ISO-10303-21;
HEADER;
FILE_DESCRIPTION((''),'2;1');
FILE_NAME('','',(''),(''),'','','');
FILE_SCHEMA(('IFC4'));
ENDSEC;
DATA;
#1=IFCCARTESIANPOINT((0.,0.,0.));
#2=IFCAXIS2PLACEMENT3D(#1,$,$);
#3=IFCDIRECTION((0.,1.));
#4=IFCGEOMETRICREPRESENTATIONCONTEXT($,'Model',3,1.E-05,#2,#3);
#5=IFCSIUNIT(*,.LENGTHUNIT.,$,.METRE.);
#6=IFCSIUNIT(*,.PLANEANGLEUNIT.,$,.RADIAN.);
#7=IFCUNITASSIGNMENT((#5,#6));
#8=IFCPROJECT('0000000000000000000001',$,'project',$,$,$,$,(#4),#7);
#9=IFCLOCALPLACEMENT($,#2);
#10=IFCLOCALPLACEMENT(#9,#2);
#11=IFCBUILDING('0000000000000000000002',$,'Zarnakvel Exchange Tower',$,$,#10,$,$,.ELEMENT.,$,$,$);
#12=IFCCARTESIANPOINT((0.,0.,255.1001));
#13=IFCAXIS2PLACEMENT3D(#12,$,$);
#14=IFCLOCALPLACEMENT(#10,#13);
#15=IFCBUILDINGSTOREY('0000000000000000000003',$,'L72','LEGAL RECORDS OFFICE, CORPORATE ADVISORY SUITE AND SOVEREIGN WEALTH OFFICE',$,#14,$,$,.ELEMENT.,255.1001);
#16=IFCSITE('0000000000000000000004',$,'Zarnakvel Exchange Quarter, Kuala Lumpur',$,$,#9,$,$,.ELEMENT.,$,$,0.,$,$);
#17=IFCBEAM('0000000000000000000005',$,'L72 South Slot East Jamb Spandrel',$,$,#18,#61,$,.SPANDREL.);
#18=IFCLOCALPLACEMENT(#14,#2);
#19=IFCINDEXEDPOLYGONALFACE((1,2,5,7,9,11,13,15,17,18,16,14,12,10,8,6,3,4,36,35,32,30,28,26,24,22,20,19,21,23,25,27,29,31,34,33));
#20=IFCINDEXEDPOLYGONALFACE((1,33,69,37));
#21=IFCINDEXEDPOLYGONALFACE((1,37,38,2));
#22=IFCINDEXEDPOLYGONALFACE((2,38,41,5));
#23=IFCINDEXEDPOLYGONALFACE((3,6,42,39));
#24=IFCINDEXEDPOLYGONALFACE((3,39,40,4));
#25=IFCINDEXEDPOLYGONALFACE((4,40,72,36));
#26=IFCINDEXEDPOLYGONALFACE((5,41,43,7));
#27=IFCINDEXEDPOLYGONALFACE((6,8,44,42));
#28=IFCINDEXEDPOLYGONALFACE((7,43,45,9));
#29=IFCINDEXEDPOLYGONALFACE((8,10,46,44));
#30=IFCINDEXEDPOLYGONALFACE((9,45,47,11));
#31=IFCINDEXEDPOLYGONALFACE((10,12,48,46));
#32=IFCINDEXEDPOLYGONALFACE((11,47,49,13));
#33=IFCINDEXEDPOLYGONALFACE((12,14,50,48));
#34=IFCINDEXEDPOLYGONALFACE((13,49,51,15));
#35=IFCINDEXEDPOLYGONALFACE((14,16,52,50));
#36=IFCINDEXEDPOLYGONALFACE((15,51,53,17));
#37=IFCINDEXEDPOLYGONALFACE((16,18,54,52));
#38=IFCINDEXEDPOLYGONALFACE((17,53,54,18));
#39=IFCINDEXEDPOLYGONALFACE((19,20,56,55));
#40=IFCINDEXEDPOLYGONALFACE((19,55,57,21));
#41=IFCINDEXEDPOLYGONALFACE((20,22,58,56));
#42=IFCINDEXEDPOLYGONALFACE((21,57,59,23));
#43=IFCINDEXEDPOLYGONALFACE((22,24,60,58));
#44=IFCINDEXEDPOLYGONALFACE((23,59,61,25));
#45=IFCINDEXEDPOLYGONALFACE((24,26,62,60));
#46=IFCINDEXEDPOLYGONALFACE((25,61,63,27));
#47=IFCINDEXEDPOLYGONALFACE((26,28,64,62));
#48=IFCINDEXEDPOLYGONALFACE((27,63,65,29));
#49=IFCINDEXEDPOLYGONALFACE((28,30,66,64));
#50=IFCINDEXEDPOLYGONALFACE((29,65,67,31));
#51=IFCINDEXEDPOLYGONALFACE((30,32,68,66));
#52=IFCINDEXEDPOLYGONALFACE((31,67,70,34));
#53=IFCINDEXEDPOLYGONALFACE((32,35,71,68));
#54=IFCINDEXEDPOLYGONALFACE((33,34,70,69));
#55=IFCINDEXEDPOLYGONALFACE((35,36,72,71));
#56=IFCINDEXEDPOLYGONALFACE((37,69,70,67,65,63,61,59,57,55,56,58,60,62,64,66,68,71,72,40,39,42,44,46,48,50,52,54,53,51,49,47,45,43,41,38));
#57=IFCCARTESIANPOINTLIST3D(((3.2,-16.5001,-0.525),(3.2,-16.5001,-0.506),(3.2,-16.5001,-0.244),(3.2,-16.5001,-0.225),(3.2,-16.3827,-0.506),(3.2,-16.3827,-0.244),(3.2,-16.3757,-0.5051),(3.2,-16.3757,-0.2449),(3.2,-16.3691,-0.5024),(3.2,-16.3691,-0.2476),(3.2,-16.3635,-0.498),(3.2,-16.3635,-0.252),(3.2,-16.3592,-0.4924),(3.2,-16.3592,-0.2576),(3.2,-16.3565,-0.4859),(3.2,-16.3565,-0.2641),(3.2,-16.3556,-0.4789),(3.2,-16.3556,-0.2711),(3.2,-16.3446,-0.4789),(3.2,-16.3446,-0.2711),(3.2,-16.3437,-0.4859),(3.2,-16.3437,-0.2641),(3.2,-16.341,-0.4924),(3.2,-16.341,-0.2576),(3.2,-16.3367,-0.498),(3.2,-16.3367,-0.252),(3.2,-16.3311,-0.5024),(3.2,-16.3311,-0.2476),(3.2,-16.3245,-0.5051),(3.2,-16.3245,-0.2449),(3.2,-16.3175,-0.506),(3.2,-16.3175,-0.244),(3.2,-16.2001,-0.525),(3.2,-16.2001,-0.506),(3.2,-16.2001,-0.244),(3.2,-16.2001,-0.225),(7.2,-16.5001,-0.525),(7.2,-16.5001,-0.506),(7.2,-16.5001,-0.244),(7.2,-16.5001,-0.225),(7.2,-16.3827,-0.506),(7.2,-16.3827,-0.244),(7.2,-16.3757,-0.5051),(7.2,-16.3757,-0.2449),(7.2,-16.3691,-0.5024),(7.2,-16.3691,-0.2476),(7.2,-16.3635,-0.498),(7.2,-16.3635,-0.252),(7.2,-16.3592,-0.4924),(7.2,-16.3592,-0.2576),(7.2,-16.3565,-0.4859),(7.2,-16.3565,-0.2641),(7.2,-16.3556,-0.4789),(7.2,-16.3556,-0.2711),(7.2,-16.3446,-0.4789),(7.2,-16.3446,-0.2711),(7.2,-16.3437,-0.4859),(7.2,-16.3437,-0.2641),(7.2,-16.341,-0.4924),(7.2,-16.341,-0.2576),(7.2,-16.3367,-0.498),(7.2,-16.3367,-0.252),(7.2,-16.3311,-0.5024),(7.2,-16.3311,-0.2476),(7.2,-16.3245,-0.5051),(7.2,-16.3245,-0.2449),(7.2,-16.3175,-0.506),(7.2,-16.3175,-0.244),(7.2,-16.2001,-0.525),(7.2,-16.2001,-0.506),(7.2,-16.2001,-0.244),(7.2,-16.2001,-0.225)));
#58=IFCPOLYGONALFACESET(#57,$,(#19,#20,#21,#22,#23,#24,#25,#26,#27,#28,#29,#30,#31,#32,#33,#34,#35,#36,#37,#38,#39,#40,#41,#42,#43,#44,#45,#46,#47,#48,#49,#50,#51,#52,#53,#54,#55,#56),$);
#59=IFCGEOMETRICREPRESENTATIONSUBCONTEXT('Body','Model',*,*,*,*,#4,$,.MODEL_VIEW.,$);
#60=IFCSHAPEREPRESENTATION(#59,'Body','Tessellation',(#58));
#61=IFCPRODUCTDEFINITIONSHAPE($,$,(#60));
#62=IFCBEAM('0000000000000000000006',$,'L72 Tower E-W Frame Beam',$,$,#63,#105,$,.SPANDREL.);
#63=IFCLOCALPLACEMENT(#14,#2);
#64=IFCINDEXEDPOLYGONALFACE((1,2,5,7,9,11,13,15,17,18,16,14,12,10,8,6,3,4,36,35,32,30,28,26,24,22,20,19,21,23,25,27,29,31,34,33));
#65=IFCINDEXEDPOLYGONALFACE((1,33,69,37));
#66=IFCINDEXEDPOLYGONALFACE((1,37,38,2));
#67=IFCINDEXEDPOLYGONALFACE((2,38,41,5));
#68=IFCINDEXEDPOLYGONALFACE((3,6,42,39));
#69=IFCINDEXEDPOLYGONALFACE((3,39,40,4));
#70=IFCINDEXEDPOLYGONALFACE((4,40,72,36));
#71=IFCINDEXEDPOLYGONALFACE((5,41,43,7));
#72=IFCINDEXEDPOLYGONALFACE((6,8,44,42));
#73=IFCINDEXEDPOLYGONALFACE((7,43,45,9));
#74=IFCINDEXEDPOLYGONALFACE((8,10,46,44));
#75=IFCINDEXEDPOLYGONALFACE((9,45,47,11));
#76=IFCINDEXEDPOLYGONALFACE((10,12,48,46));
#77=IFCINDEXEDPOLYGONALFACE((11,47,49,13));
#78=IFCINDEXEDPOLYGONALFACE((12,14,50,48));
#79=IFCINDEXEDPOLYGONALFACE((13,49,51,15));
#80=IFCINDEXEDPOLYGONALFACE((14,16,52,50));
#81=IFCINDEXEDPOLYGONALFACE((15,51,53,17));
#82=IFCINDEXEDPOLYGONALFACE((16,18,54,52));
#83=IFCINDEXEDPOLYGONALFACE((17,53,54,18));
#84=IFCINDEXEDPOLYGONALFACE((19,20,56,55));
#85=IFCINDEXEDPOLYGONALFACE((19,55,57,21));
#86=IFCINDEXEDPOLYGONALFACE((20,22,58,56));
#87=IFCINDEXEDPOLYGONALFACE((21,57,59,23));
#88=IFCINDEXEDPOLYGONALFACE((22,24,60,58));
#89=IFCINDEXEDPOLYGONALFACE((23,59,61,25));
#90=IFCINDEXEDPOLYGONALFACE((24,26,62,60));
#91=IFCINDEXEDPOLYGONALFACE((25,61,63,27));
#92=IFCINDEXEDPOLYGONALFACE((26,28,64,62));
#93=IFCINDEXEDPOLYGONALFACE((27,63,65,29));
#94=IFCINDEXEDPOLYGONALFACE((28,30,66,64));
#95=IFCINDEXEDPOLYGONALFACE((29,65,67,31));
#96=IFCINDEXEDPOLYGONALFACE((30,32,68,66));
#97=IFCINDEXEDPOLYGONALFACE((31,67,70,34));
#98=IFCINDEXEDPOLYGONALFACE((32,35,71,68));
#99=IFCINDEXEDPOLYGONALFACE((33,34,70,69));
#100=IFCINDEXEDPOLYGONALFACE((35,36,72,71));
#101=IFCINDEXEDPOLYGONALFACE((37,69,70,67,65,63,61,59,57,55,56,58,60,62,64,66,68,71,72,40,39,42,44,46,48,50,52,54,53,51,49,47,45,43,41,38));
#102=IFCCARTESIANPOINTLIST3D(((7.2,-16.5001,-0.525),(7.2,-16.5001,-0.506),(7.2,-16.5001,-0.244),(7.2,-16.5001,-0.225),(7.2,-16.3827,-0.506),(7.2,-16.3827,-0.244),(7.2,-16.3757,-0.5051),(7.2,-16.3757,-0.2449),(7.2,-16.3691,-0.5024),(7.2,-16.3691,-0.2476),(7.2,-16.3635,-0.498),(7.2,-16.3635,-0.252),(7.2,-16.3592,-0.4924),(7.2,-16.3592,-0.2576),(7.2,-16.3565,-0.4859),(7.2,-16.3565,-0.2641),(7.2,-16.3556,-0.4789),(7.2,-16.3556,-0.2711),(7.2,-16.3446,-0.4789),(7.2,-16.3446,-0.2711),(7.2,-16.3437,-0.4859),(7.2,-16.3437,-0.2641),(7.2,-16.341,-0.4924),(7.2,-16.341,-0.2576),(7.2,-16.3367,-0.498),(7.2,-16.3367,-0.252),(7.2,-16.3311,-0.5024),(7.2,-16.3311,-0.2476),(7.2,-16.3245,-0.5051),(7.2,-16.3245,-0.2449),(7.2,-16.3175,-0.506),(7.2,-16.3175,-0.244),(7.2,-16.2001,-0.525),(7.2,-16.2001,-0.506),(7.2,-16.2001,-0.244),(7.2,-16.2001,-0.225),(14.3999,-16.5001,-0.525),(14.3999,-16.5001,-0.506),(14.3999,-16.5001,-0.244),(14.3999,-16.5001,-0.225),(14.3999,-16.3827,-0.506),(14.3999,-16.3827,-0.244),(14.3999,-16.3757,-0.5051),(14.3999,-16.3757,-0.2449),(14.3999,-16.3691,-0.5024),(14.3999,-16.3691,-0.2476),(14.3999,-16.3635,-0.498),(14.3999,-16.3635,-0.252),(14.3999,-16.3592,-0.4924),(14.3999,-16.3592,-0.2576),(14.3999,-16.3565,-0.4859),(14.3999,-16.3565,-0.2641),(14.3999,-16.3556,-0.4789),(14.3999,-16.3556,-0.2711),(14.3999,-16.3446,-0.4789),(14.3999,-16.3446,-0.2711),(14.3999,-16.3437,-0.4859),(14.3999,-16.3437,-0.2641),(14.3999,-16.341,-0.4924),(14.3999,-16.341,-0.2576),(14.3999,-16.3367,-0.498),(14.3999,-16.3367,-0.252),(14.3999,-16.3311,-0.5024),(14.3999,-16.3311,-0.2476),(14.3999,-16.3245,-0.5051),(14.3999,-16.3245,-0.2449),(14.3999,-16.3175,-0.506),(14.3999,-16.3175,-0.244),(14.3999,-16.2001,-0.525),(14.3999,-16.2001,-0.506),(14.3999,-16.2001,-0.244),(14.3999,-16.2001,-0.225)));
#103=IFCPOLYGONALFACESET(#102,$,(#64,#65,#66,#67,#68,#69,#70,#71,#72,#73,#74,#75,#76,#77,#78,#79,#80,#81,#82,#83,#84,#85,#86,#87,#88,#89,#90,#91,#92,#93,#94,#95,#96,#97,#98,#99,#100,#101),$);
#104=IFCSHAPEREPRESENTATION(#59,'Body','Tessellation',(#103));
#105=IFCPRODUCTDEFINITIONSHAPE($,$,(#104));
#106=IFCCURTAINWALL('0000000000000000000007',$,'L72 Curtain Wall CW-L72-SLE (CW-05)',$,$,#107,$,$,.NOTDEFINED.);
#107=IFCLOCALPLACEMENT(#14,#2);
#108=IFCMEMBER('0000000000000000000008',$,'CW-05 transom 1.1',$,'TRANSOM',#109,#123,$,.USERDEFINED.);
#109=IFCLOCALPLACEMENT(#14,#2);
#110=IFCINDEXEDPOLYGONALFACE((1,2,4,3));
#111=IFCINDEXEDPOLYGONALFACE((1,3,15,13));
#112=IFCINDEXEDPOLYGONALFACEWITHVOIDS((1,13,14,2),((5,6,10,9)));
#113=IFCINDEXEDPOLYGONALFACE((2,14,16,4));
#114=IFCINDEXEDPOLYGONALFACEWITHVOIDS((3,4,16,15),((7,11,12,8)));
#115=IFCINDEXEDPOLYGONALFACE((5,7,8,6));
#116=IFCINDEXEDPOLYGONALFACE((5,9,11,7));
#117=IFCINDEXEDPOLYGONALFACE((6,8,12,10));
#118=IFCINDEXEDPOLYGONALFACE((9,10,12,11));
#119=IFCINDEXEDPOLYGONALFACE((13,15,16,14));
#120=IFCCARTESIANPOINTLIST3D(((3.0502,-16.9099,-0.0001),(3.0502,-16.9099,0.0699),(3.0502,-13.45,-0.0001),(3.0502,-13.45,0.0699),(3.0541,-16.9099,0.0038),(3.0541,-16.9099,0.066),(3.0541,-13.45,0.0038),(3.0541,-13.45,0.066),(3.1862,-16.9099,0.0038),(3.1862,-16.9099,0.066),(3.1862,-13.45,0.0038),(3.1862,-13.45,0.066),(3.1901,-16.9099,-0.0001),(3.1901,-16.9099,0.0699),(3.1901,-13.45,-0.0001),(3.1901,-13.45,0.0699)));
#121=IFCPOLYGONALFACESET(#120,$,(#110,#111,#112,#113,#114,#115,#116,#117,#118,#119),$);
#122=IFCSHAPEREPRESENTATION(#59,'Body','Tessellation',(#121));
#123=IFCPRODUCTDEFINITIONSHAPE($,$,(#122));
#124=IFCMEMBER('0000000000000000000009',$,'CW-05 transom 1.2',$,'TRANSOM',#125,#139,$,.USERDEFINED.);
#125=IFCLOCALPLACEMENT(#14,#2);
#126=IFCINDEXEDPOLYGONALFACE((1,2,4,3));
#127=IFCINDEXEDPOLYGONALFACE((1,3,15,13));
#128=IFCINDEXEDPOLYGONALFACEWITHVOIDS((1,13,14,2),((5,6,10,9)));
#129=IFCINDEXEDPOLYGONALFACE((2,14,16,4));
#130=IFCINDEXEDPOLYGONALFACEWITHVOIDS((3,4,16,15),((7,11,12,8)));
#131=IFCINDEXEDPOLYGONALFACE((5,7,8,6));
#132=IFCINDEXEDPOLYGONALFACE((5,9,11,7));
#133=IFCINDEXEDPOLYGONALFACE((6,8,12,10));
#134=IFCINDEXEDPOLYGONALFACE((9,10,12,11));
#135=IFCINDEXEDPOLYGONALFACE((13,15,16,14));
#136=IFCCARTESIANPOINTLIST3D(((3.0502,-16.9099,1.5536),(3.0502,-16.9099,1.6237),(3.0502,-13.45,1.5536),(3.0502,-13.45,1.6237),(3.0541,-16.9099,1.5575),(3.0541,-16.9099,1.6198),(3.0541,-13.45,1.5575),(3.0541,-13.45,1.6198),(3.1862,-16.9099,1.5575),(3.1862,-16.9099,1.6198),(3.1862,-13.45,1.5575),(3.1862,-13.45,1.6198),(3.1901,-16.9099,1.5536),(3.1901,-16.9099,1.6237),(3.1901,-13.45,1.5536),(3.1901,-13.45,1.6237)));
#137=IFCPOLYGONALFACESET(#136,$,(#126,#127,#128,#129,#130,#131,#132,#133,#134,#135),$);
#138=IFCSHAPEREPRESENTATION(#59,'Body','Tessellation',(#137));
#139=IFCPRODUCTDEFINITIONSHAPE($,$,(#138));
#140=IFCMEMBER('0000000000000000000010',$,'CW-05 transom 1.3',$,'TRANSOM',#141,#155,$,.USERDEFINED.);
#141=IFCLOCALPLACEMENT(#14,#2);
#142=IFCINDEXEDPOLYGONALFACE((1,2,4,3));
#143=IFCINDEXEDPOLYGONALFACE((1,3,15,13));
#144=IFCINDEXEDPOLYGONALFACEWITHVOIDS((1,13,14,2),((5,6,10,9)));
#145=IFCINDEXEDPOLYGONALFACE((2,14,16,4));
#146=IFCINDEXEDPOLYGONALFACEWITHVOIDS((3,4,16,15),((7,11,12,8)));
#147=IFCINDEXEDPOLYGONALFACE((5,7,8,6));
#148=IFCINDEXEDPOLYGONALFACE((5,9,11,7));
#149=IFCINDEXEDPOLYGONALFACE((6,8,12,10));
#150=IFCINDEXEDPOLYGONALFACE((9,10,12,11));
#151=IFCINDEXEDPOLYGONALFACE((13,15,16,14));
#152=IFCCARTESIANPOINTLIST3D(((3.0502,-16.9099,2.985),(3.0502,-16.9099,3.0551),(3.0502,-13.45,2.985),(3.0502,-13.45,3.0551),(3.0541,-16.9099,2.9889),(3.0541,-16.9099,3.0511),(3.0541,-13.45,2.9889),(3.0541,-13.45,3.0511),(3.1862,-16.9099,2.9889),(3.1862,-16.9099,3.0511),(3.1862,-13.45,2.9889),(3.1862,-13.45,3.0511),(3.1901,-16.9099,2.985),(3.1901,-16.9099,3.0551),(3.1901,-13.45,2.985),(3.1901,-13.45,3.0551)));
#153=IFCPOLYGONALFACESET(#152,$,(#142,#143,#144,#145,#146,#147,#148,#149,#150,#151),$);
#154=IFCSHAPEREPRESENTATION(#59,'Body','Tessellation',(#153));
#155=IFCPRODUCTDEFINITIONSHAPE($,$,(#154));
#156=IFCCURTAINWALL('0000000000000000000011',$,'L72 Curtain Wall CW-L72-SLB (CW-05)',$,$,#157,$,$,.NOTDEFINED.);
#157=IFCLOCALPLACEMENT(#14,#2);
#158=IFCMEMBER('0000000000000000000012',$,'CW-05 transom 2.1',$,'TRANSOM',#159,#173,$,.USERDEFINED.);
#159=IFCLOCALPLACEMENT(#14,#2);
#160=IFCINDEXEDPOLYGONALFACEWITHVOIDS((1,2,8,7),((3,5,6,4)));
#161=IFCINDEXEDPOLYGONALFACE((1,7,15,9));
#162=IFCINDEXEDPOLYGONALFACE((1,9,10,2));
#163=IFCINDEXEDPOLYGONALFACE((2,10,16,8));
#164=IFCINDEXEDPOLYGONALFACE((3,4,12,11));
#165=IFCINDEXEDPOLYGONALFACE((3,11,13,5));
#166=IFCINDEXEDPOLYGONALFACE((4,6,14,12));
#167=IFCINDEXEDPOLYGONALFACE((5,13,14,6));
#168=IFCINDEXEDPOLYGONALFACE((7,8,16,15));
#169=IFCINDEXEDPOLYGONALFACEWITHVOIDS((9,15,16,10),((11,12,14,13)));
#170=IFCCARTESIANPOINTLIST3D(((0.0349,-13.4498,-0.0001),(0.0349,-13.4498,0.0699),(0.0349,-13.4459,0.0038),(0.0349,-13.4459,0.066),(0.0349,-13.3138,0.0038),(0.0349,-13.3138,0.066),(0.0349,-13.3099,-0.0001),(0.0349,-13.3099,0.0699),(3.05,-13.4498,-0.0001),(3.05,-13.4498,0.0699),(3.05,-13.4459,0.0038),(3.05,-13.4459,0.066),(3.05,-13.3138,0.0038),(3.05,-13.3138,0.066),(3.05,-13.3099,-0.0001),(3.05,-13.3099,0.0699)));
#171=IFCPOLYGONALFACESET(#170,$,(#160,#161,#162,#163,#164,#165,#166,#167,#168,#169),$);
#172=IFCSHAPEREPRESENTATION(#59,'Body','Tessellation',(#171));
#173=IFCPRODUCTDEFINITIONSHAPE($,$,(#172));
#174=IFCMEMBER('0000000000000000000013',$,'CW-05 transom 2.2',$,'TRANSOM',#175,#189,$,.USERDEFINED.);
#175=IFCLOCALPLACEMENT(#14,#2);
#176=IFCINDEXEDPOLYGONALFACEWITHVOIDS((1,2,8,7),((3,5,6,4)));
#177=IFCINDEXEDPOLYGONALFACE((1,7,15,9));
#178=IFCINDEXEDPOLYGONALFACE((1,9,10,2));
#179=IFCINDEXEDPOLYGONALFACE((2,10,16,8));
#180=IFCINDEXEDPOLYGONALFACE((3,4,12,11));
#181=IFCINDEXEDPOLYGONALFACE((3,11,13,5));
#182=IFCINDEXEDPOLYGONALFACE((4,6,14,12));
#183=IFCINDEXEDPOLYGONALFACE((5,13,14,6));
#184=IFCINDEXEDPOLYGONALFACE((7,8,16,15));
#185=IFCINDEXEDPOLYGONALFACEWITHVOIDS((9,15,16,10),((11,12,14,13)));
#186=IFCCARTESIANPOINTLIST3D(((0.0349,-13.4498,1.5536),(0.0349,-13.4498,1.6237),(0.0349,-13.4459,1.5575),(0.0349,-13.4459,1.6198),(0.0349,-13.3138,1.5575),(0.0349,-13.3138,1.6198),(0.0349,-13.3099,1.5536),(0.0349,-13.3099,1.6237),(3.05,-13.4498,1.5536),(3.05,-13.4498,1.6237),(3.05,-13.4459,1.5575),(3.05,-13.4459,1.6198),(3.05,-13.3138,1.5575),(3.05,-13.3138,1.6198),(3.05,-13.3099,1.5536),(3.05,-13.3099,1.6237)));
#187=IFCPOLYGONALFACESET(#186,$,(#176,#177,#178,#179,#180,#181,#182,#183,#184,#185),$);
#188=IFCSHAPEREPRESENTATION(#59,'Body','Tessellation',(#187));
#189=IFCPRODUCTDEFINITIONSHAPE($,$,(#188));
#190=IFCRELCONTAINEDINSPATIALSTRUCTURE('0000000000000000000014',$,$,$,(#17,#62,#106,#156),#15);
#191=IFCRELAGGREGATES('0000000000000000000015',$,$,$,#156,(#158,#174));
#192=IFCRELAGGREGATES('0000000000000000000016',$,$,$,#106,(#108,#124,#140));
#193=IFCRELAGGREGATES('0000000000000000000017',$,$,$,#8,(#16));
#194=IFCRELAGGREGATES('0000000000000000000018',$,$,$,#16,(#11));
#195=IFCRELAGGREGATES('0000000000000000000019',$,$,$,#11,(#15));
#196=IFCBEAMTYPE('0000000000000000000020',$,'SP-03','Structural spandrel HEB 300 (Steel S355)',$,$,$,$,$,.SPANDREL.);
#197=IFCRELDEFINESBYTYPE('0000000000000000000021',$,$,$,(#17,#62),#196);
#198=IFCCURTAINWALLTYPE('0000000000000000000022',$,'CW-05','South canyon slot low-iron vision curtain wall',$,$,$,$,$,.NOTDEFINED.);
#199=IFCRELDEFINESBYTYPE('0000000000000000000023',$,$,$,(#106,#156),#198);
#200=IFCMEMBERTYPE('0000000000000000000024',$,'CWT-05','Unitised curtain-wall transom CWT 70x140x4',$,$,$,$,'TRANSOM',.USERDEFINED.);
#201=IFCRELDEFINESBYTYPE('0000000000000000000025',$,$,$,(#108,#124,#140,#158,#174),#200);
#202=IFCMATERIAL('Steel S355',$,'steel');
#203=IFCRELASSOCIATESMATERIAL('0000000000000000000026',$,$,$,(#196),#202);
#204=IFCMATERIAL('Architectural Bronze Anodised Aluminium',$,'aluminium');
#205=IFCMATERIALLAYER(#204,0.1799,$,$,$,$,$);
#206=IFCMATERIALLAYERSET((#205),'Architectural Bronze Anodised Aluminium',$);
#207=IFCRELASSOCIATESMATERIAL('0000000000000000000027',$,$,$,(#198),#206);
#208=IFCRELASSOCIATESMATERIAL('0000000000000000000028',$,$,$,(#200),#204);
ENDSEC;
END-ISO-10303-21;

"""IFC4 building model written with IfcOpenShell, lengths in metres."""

from ifc_helpers import new_model, si_unit, direction, frame, origin, origin_2d, place, context, subcontext, project, spatial, hollow_rectangle, i_section, extrude, source, transform, mapped, material, layer, layer_set, material_profile, profile_set, type_object, element, aggregate, save


model = new_model("IFC4")

# Units and contexts
model_context = context("Model", 3, precision=1e-05, world=origin(), true_north=direction((0.0, 1.0)))
body_context = subcontext(model_context, "Body", "Model", "MODEL_VIEW")
ifc_project = project(units=[si_unit("LENGTHUNIT", "METRE"), si_unit("PLANEANGLEUNIT", "RADIAN")], contexts=[model_context])

# Site, building, storey
site_placement = place(None, origin())
site = spatial("IfcSite", under=ifc_project, at=site_placement, Name="Zarnakvel Exchange Quarter, Kuala Lumpur", CompositionType="ELEMENT", RefElevation=0.0)
building_placement = place(site_placement, origin())
building = spatial("IfcBuilding", under=site, at=building_placement, Name="Zarnakvel Exchange Tower", CompositionType="ELEMENT")
storey_placement = place(building_placement, frame((0.0, 0.0, 255.1001)))
storey = spatial("IfcBuildingStorey", under=building, at=storey_placement, Name="L72", Description="LEGAL RECORDS OFFICE, CORPORATE ADVISORY SUITE AND SOVEREIGN WEALTH OFFICE", CompositionType="ELEMENT", Elevation=255.1001)

# Beams
ifc_material_1 = material(Name="Steel S355", Category="steel")
ifc_material_profile_1 = material_profile(ifc_material_1, i_section(OverallWidth=0.3, OverallDepth=0.3, WebThickness=0.011, FlangeThickness=0.019, FilletRadius=0.0271, at=origin_2d()))
ifc_profile_set_1 = profile_set([ifc_material_profile_1], Name="Steel S355")
beam_type_1 = type_object("IfcBeamType", Name="SP-03", Description="Structural spandrel HEB 300 (Steel S355)", PredefinedType="SPANDREL", material=ifc_profile_set_1)
beam_1_placement = place(storey_placement, frame((3.2, -16.3501, -0.375), z_axis=(1.0, 0.0, 0.0), x_axis=(0.0, 1.0, 0.0)))
element("IfcBeam", 1, at=beam_1_placement, inside=storey, type_object=beam_type_1, Name="L72 South Slot East Jamb Spandrel", PredefinedType="SPANDREL", context=body_context, shape_type="SweptSolid", body=[
    extrude(i_section(OverallWidth=0.3, OverallDepth=0.3, WebThickness=0.011, FlangeThickness=0.019, FilletRadius=0.0271, at=origin_2d()), origin(), (0.0, 0.0, 1.0), 4.0),
])
beam_2_placement = place(storey_placement, frame((7.2, -16.3501, -0.375), z_axis=(1.0, 0.0, 0.0), x_axis=(0.0, 1.0, 0.0)))
element("IfcBeam", 2, at=beam_2_placement, inside=storey, type_object=beam_type_1, Name="L72 Tower E-W Frame Beam", PredefinedType="SPANDREL", context=body_context, shape_type="SweptSolid", body=[
    extrude(i_section(OverallWidth=0.3, OverallDepth=0.3, WebThickness=0.011, FlangeThickness=0.019, FilletRadius=0.0271, at=origin_2d()), origin(), (0.0, 0.0, 1.0), 7.2),
])

# Curtain walls, members
ifc_material_2 = material(Name="Architectural Bronze Anodised Aluminium", Category="aluminium")
ifc_layer_1 = layer(ifc_material_2, 0.1799)
ifc_layer_set_1 = layer_set([ifc_layer_1], Name="Architectural Bronze Anodised Aluminium")
curtain_wall_type = type_object("IfcCurtainWallType", Name="CW-05", Description="South canyon slot low-iron vision curtain wall", PredefinedType="NOTDEFINED", material=ifc_layer_set_1)
curtain_wall_1_placement = place(storey_placement, origin())
curtain_wall_1 = element("IfcCurtainWall", 3, at=curtain_wall_1_placement, inside=storey, type_object=curtain_wall_type, Name="L72 Curtain Wall CW-L72-SLE (CW-05)", PredefinedType="NOTDEFINED")
ifc_material_profile_2 = material_profile(ifc_material_2, hollow_rectangle(XDim=0.1399, YDim=0.0701, WallThickness=0.0039, at=origin_2d()))
ifc_profile_set_2 = profile_set([ifc_material_profile_2], Name="Architectural Bronze Anodised Aluminium")
member_type_1 = type_object("IfcMemberType", Name="CWT-05", Description="Unitised curtain-wall transom CWT 70x140x4", ElementType="TRANSOM", PredefinedType="USERDEFINED", material=ifc_profile_set_2)
shared_shape_1 = source(origin(), body_context, "Body", "SweptSolid", [
    extrude(hollow_rectangle(XDim=0.1399, YDim=0.0701, WallThickness=0.0039, at=origin_2d()), origin(), (0.0, 0.0, 1.0), 3.46),
])
member_1_placement = place(storey_placement, frame((3.1201, -13.45, 0.0349), z_axis=(0.0, -1.0, 0.0), x_axis=(1.0, 0.0, 0.0)))
member_1 = element("IfcMember", 4, at=member_1_placement, type_object=member_type_1, Name="CW-05 transom 1.1", ObjectType="TRANSOM", PredefinedType="USERDEFINED", context=body_context, shape_type="MappedRepresentation", body=[
    mapped(shared_shape_1, transform((0.0, 0.0, 0.0), x_axis=(1.0, 0.0, 0.0), y_axis=(0.0, 1.0, 0.0), z_axis=(0.0, 0.0, 1.0), scale=1.0)),
])
member_2_placement = place(storey_placement, frame((3.1201, -13.45, 1.5886), z_axis=(0.0, -1.0, 0.0), x_axis=(1.0, 0.0, 0.0)))
member_2 = element("IfcMember", 5, at=member_2_placement, type_object=member_type_1, Name="CW-05 transom 1.2", ObjectType="TRANSOM", PredefinedType="USERDEFINED", context=body_context, shape_type="MappedRepresentation", body=[
    mapped(shared_shape_1, transform((0.0, 0.0, 0.0), x_axis=(1.0, 0.0, 0.0), y_axis=(0.0, 1.0, 0.0), z_axis=(0.0, 0.0, 1.0), scale=1.0)),
])
member_3_placement = place(storey_placement, frame((3.1201, -13.45, 3.02), z_axis=(0.0, -1.0, 0.0), x_axis=(1.0, 0.0, 0.0)))
member_3 = element("IfcMember", 6, at=member_3_placement, type_object=member_type_1, Name="CW-05 transom 1.3", ObjectType="TRANSOM", PredefinedType="USERDEFINED", context=body_context, shape_type="MappedRepresentation", body=[
    mapped(shared_shape_1, transform((0.0, 0.0, 0.0), x_axis=(1.0, 0.0, 0.0), y_axis=(0.0, 1.0, 0.0), z_axis=(0.0, 0.0, 1.0), scale=1.0)),
])
curtain_wall_2_placement = place(storey_placement, origin())
curtain_wall_2 = element("IfcCurtainWall", 7, at=curtain_wall_2_placement, inside=storey, type_object=curtain_wall_type, Name="L72 Curtain Wall CW-L72-SLB (CW-05)", PredefinedType="NOTDEFINED")
shared_shape_2 = source(origin(), body_context, "Body", "SweptSolid", [
    extrude(hollow_rectangle(XDim=0.1399, YDim=0.0701, WallThickness=0.0039, at=origin_2d()), origin(), (0.0, 0.0, 1.0), 3.0151),
])
member_4_placement = place(storey_placement, frame((0.0349, -13.3799, 0.0349), z_axis=(1.0, 0.0, 0.0), x_axis=(0.0, 1.0, 0.0)))
member_4 = element("IfcMember", 8, at=member_4_placement, type_object=member_type_1, Name="CW-05 transom 2.1", ObjectType="TRANSOM", PredefinedType="USERDEFINED", context=body_context, shape_type="MappedRepresentation", body=[
    mapped(shared_shape_2, transform((0.0, 0.0, 0.0), x_axis=(1.0, 0.0, 0.0), y_axis=(0.0, 1.0, 0.0), z_axis=(0.0, 0.0, 1.0), scale=1.0)),
])
member_5_placement = place(storey_placement, frame((0.0349, -13.3799, 1.5886), z_axis=(1.0, 0.0, 0.0), x_axis=(0.0, 1.0, 0.0)))
member_5 = element("IfcMember", 9, at=member_5_placement, type_object=member_type_1, Name="CW-05 transom 2.2", ObjectType="TRANSOM", PredefinedType="USERDEFINED", context=body_context, shape_type="MappedRepresentation", body=[
    mapped(shared_shape_2, transform((0.0, 0.0, 0.0), x_axis=(1.0, 0.0, 0.0), y_axis=(0.0, 1.0, 0.0), z_axis=(0.0, 0.0, 1.0), scale=1.0)),
])
aggregate(curtain_wall_2, [member_4, member_5])

aggregate(curtain_wall_1, [member_1, member_2, member_3])

save(model, "model.ifc")
